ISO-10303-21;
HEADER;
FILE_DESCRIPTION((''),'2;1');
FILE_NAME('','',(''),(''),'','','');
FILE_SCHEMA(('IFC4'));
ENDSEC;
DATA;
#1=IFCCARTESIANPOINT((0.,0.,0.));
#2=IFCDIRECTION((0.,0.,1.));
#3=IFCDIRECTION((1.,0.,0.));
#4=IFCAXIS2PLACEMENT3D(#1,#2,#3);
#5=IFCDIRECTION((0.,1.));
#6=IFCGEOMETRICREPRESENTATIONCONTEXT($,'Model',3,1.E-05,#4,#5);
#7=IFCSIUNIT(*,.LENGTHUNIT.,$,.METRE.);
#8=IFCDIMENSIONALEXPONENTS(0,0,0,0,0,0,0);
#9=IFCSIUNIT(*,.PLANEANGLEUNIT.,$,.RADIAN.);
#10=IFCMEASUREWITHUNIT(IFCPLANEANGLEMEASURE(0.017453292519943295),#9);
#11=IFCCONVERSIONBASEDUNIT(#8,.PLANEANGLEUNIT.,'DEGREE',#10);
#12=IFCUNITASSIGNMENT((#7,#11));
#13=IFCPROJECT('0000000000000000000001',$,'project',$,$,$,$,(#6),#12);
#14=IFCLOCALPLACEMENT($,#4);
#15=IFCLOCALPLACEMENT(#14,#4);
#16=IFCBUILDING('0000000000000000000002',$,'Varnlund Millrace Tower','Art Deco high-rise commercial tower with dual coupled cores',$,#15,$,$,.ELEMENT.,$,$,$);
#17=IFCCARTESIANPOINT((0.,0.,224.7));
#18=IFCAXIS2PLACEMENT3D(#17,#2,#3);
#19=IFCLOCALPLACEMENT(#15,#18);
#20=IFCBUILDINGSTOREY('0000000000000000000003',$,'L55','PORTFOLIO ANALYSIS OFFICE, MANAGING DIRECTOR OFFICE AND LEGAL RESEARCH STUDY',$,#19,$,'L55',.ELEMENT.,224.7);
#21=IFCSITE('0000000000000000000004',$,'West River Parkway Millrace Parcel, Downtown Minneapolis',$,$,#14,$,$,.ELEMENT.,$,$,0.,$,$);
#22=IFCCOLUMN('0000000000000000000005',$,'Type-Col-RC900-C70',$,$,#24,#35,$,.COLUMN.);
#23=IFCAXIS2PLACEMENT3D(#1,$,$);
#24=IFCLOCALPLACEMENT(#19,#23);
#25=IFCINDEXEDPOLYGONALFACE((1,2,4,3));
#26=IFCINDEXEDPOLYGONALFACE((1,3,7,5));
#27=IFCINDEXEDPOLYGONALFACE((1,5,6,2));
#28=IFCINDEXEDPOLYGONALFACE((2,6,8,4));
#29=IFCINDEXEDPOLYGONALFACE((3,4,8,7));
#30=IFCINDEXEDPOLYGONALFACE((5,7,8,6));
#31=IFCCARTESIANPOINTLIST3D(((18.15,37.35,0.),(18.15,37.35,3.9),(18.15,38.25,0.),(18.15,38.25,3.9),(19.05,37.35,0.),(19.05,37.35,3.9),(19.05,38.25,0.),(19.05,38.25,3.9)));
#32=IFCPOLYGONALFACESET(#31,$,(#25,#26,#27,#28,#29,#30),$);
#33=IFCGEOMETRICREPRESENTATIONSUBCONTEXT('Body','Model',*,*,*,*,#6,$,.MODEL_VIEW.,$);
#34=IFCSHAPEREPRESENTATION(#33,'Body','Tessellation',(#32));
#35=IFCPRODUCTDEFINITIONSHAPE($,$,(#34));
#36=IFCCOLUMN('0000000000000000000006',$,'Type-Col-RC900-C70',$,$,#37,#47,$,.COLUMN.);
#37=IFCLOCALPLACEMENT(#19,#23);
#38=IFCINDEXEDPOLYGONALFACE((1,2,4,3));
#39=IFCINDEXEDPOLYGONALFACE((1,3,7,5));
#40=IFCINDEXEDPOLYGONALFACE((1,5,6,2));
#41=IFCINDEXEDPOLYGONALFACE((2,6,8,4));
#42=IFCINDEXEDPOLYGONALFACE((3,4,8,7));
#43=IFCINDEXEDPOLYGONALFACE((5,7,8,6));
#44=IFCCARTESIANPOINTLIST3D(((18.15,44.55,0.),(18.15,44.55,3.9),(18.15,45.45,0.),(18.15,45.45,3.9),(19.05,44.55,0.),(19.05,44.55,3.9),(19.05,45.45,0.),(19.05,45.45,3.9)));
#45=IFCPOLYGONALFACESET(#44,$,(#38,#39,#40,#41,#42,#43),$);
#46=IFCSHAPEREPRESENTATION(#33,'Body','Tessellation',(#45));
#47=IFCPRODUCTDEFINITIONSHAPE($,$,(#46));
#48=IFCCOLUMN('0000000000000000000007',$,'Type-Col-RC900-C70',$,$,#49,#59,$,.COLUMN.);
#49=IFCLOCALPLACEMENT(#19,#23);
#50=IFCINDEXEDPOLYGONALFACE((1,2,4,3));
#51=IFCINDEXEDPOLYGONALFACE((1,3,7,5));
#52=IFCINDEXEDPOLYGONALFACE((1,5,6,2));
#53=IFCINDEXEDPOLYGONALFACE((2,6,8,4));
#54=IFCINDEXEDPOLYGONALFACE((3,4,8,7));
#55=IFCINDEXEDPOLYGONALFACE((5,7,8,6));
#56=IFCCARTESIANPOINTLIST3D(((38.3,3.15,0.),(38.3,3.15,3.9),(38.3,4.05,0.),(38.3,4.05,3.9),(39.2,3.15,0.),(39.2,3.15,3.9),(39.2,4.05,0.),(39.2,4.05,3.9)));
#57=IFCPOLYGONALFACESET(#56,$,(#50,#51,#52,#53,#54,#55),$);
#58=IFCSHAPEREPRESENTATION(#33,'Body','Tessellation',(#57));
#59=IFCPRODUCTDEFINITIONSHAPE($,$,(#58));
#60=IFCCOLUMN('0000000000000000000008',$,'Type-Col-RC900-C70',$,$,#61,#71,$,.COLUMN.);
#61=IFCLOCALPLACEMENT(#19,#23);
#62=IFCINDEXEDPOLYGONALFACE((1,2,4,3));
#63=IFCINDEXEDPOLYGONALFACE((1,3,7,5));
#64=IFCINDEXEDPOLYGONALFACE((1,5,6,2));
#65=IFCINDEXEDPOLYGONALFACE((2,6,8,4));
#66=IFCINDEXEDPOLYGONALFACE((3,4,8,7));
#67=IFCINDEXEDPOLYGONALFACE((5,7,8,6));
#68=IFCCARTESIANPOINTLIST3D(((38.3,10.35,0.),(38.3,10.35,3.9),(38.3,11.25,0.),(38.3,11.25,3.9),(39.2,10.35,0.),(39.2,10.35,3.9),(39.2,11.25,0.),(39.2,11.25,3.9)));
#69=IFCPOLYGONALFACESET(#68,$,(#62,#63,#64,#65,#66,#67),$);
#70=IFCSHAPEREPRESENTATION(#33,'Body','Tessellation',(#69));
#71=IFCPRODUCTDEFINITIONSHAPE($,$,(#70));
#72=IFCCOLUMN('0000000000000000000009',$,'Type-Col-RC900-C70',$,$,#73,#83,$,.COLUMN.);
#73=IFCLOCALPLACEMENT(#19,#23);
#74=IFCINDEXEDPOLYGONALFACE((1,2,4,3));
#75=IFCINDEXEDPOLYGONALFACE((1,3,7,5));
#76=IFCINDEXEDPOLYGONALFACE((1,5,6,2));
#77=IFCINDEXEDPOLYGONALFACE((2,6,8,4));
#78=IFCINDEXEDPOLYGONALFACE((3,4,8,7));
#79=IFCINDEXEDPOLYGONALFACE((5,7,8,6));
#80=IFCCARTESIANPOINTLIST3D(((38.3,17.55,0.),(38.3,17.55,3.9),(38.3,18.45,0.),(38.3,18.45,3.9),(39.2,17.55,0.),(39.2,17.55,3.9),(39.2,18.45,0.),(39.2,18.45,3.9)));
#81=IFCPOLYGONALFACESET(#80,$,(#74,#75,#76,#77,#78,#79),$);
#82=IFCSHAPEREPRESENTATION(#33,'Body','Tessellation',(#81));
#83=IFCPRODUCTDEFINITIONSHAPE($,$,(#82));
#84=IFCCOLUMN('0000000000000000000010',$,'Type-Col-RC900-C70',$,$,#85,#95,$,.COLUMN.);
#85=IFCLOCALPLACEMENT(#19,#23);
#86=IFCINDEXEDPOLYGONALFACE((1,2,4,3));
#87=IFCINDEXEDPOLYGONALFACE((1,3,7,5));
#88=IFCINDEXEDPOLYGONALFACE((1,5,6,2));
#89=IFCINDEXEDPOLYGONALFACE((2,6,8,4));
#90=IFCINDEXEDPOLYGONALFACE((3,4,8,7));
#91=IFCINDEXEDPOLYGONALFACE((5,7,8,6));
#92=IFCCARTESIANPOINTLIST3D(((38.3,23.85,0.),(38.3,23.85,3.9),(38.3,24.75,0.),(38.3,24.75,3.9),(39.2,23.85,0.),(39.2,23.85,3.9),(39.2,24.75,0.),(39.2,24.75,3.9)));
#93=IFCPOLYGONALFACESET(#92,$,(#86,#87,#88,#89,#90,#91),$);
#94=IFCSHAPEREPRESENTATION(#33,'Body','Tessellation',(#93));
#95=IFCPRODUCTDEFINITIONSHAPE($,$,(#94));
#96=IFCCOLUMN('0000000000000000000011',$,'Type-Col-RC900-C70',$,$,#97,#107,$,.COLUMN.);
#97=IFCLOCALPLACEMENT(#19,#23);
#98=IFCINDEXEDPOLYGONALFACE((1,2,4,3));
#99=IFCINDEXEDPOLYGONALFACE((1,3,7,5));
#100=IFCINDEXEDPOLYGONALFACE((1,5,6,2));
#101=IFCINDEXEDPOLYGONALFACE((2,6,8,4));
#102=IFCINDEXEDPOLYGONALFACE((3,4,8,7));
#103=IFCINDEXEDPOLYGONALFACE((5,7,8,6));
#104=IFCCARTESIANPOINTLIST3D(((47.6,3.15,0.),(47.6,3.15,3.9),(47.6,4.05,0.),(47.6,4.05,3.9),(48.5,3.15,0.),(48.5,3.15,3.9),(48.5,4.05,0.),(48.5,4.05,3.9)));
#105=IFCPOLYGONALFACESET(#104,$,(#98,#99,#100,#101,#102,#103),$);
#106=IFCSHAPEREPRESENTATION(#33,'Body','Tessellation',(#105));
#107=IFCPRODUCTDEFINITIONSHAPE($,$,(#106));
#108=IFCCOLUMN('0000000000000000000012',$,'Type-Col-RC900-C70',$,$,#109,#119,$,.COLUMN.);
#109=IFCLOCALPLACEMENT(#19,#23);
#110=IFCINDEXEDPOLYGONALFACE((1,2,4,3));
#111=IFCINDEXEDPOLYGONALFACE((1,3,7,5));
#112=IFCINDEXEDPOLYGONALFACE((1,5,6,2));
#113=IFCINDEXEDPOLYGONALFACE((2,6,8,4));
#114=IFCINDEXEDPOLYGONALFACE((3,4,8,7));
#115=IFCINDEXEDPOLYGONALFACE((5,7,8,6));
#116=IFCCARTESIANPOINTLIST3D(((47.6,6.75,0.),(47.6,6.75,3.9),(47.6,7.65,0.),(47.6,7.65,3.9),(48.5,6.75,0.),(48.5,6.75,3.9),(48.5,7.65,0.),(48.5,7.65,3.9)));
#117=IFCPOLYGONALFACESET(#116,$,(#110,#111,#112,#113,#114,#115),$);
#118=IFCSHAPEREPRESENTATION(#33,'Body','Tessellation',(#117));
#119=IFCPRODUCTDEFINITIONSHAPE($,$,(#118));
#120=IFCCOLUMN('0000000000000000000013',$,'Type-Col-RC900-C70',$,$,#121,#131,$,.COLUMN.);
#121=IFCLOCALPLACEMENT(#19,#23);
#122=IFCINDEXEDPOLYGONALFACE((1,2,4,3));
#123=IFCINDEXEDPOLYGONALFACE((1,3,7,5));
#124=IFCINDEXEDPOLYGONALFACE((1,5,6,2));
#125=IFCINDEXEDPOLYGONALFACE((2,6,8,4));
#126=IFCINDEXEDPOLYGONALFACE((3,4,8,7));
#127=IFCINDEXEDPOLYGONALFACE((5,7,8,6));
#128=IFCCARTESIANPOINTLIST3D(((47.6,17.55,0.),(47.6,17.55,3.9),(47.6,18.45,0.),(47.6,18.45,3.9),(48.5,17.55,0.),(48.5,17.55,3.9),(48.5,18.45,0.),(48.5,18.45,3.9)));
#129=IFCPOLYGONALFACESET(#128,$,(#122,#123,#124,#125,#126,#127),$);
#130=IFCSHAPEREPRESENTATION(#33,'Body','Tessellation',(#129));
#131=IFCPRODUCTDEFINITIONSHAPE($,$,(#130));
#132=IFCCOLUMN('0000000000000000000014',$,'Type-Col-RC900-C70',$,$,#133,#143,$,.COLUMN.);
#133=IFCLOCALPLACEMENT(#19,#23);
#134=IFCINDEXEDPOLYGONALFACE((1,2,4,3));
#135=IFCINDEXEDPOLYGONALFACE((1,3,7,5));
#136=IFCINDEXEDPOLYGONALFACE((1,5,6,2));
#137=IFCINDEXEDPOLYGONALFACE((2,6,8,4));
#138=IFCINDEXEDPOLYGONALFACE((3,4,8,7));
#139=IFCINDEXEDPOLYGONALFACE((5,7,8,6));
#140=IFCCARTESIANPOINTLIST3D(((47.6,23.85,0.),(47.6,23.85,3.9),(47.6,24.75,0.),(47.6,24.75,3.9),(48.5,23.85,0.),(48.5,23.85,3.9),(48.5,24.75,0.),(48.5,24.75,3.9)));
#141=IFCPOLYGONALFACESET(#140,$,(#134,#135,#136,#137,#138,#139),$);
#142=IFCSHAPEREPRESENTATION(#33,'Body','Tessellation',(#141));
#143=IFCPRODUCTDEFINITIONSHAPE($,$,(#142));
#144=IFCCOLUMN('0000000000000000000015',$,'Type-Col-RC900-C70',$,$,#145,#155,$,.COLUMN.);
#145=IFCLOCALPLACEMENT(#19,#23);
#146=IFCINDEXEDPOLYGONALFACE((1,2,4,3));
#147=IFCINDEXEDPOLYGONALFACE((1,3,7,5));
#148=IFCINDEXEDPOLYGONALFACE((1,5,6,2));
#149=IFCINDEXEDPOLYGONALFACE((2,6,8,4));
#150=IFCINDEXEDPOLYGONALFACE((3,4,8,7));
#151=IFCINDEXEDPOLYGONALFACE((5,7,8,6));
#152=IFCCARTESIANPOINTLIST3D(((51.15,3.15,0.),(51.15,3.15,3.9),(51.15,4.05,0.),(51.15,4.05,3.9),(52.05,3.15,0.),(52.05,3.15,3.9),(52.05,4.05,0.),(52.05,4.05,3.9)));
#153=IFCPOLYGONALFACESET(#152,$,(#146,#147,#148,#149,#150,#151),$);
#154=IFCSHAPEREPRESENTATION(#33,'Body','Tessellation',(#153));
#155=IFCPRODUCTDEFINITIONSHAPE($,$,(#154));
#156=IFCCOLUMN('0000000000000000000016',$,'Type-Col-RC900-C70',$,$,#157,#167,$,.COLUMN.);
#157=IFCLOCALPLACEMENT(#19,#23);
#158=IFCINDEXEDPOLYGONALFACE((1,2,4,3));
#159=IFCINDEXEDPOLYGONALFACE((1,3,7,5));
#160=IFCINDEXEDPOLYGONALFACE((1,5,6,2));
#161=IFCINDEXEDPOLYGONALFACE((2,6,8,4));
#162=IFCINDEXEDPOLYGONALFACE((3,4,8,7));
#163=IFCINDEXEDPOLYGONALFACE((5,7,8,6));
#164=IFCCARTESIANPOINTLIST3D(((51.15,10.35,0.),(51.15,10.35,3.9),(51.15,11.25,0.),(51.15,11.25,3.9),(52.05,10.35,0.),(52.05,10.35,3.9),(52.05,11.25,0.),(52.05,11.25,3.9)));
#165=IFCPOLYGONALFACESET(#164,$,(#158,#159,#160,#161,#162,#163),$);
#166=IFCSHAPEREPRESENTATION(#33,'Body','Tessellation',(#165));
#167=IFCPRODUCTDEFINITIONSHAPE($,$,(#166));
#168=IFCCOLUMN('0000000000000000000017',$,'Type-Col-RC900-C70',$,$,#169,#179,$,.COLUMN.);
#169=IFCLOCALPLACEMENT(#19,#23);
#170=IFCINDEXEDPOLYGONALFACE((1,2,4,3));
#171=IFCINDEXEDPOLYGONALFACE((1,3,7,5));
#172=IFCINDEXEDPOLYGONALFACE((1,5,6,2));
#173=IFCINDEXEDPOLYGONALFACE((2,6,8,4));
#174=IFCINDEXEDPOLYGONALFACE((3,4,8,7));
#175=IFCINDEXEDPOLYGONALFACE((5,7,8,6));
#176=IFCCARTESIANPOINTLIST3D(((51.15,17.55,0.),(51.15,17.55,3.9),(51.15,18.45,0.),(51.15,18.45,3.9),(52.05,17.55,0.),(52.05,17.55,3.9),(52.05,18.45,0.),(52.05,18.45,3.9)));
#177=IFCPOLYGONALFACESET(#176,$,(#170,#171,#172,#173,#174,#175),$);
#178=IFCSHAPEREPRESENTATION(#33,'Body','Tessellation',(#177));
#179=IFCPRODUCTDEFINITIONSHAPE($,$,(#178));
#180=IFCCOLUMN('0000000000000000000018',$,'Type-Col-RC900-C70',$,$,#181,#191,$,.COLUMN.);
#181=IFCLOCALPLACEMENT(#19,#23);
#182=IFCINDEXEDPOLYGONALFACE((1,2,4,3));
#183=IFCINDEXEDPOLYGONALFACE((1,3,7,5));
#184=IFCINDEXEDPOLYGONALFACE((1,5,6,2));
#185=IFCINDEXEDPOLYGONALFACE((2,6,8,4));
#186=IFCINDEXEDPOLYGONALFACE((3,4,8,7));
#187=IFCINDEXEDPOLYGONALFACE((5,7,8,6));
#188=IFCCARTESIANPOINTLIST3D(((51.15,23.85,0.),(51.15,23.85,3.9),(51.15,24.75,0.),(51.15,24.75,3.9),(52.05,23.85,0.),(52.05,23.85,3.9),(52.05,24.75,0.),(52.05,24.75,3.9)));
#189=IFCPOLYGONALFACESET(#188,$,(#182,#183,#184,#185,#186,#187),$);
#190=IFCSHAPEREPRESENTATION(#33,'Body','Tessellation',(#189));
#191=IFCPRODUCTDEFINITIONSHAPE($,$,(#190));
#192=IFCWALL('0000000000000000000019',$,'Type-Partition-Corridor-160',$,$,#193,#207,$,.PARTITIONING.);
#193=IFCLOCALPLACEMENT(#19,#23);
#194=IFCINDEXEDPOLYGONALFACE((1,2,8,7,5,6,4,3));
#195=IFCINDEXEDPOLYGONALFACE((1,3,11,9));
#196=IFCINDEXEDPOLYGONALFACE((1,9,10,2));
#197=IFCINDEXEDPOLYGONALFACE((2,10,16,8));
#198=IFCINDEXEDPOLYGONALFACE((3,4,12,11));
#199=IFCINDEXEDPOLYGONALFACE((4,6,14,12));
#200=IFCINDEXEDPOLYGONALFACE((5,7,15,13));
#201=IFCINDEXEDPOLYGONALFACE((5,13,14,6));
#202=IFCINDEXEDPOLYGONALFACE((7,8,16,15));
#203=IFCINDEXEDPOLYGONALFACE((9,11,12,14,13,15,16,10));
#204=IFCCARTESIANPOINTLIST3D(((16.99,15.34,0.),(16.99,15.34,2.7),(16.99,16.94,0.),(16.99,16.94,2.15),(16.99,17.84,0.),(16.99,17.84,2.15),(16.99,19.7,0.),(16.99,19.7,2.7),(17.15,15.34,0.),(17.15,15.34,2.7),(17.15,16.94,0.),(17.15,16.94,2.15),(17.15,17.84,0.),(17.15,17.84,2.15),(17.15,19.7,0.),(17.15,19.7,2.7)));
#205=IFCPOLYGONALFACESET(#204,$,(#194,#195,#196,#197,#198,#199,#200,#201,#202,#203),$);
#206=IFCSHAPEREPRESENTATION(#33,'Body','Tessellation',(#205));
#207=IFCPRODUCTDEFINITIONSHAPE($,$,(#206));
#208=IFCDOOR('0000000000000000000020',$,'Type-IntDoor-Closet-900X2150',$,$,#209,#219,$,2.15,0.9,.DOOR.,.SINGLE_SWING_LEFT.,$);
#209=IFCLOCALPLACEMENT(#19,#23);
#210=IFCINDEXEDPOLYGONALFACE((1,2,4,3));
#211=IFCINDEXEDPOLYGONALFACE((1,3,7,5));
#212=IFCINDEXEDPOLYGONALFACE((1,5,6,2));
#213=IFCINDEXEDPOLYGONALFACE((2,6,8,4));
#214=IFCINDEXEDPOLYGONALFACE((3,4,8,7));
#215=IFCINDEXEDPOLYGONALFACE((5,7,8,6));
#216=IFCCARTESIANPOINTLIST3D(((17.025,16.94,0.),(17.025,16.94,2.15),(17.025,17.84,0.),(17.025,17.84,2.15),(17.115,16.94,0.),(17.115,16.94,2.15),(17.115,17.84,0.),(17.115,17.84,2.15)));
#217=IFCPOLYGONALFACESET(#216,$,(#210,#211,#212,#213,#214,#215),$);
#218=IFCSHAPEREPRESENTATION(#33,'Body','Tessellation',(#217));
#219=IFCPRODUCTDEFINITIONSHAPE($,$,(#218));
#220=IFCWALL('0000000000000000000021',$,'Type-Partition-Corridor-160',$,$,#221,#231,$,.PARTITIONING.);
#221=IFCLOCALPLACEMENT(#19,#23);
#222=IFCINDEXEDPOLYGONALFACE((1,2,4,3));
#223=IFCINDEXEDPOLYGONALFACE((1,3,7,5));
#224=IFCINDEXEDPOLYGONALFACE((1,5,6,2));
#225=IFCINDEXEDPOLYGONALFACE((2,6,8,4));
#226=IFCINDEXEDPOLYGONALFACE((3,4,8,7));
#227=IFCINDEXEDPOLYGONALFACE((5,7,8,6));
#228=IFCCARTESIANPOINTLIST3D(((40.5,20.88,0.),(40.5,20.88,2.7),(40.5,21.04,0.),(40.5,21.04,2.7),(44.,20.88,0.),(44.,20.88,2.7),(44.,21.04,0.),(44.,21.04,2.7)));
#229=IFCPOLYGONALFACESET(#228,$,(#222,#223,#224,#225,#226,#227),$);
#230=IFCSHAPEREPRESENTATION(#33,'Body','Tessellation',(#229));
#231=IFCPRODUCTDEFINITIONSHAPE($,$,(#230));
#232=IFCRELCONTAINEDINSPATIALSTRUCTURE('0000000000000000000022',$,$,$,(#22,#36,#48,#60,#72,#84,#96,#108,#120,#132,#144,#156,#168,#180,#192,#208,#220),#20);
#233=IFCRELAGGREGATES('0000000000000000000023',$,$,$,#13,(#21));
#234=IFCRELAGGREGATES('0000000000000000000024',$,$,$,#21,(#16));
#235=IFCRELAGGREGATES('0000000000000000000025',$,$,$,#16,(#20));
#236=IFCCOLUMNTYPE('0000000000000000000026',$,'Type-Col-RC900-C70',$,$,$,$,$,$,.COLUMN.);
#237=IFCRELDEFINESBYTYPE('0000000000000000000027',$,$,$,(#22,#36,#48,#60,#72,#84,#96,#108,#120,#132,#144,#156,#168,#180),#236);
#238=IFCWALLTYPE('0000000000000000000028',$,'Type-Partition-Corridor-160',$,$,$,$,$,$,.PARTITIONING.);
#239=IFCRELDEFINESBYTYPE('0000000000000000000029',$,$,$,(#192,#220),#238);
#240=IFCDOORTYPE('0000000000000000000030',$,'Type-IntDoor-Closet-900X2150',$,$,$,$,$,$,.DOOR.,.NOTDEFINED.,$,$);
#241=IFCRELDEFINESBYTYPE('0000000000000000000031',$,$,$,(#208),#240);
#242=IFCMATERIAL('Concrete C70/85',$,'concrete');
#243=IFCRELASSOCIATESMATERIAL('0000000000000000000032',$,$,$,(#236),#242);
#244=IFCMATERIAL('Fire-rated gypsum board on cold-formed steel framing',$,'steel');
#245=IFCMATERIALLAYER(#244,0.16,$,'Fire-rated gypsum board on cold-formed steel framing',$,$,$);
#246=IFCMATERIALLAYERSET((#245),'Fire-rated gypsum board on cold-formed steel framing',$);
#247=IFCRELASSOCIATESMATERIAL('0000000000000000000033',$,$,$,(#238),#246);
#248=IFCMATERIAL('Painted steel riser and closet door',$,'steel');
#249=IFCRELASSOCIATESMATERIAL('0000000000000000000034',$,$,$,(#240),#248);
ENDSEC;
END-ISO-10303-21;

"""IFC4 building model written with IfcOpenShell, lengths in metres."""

from ifc_helpers import new_model, entity, si_unit, converted_unit, direction, frame, origin_with_axes, origin_2d_with_axis, place, context, subcontext, project, spatial, polyline, rectangle, outline, extrude, material, layer, layer_set, material_profile, profile_set, type_object, element, fill, save


model = new_model("IFC4")

# Units and contexts
model_context = context("Model", 3, precision=1e-05, world=origin_with_axes(), true_north=direction((0.0, 1.0)))
body_context = subcontext(model_context, "Body", "Model", "MODEL_VIEW")
ifc_project = project(units=[si_unit("LENGTHUNIT", "METRE"), converted_unit("PLANEANGLEUNIT", "DEGREE", entity("IfcPlaneAngleMeasure", 0.017453292519943295), si_unit("PLANEANGLEUNIT", "RADIAN"), dimensions=[0, 0, 0, 0, 0, 0, 0])], contexts=[model_context])

# Site, building, storey
site_placement = place(None, origin_with_axes())
site = spatial("IfcSite", under=ifc_project, at=site_placement, Name="West River Parkway Millrace Parcel, Downtown Minneapolis", CompositionType="ELEMENT", RefElevation=0.0)
building_placement = place(site_placement, origin_with_axes())
building = spatial("IfcBuilding", under=site, at=building_placement, Name="Varnlund Millrace Tower", Description="Art Deco high-rise commercial tower with dual coupled cores", CompositionType="ELEMENT")
storey_placement = place(building_placement, frame((0.0, 0.0, 224.7), z_axis=(0.0, 0.0, 1.0), x_axis=(1.0, 0.0, 0.0)))
storey = spatial("IfcBuildingStorey", under=building, at=storey_placement, Name="L55", Description="PORTFOLIO ANALYSIS OFFICE, MANAGING DIRECTOR OFFICE AND LEGAL RESEARCH STUDY", LongName="L55", CompositionType="ELEMENT", Elevation=224.7)

# Columns
ifc_material_1 = material(Name="Concrete C70/85", Category="concrete")
ifc_material_profile_1 = material_profile(ifc_material_1, rectangle(XDim=0.9, YDim=0.9, at=origin_2d_with_axis()), Name="Concrete C70/85")
ifc_profile_set_1 = profile_set([ifc_material_profile_1], Name="Concrete C70/85")
column_type_1 = type_object("IfcColumnType", Name="Type-Col-RC900-C70", PredefinedType="COLUMN", material=ifc_profile_set_1)
for number, where, z_axis, x_axis, name in (
    (1, (18.6, 37.8, 0.0), (0.0, 0.0, 1.0), (1.0, 0.0, 0.0), "Type-Col-RC900-C70"),
    (2, (18.6, 45.0, 0.0), (0.0, 0.0, 1.0), (1.0, 0.0, 0.0), "Type-Col-RC900-C70"),
    (3, (38.75, 3.6, 0.0), (0.0, 0.0, 1.0), (1.0, 0.0, 0.0), "Type-Col-RC900-C70"),
    (4, (38.75, 10.8, 0.0), (0.0, 0.0, 1.0), (1.0, 0.0, 0.0), "Type-Col-RC900-C70"),
    (5, (38.75, 18.0, 0.0), (0.0, 0.0, 1.0), (1.0, 0.0, 0.0), "Type-Col-RC900-C70"),
    (6, (38.75, 24.3, 0.0), (0.0, 0.0, 1.0), (1.0, 0.0, 0.0), "Type-Col-RC900-C70"),
    (7, (48.05, 3.6, 0.0), (0.0, 0.0, 1.0), (1.0, 0.0, 0.0), "Type-Col-RC900-C70"),
    (8, (48.05, 7.2, 0.0), (0.0, 0.0, 1.0), (1.0, 0.0, 0.0), "Type-Col-RC900-C70"),
    (9, (48.05, 18.0, 0.0), (0.0, 0.0, 1.0), (1.0, 0.0, 0.0), "Type-Col-RC900-C70"),
    (10, (48.05, 24.3, 0.0), (0.0, 0.0, 1.0), (1.0, 0.0, 0.0), "Type-Col-RC900-C70"),
    (11, (51.6, 3.6, 0.0), (0.0, 0.0, 1.0), (1.0, 0.0, 0.0), "Type-Col-RC900-C70"),
    (12, (51.6, 10.8, 0.0), (0.0, 0.0, 1.0), (1.0, 0.0, 0.0), "Type-Col-RC900-C70"),
    (13, (51.6, 18.0, 0.0), (0.0, 0.0, 1.0), (1.0, 0.0, 0.0), "Type-Col-RC900-C70"),
    (14, (51.6, 24.3, 0.0), (0.0, 0.0, 1.0), (1.0, 0.0, 0.0), "Type-Col-RC900-C70"),
):
    element("IfcColumn", number, at=place(storey_placement, frame(where, z_axis=z_axis, x_axis=x_axis)), inside=storey, type_object=column_type_1, Name=name, PredefinedType="COLUMN", context=body_context, shape_type="SweptSolid", body=[
        extrude(rectangle(XDim=0.9, YDim=0.9, at=origin_2d_with_axis()), origin_with_axes(), (0.0, 0.0, 1.0), 3.9),
    ])

# Wall, opening, door
ifc_material_2 = material(Name="Fire-rated gypsum board on cold-formed steel framing", Category="steel")
ifc_layer_1 = layer(ifc_material_2, 0.16, Name="Fire-rated gypsum board on cold-formed steel framing")
ifc_layer_set_1 = layer_set([ifc_layer_1], Name="Fire-rated gypsum board on cold-formed steel framing")
wall_type_1 = type_object("IfcWallType", Name="Type-Partition-Corridor-160", PredefinedType="PARTITIONING", material=ifc_layer_set_1)
wall_1_placement = place(storey_placement, frame((17.07, 15.34, 0.0), z_axis=(0.0, 0.0, 1.0), x_axis=(0.0, 1.0, 0.0)))
wall_1 = element("IfcWall", 15, at=wall_1_placement, inside=storey, type_object=wall_type_1, Name="Type-Partition-Corridor-160", PredefinedType="PARTITIONING", context=body_context, shape_type="SweptSolid", body=[
    extrude(outline(polyline([(0.0, -0.08), (4.36, -0.08), (4.36, 0.08), (0.0, 0.08), (0.0, -0.08)])), origin_with_axes(), (0.0, 0.0, 1.0), 2.7),
])
opening_1_placement = place(wall_1_placement, frame((2.05, 0.0, 0.0), z_axis=(0.0, 0.0, 1.0), x_axis=(1.0, 0.0, 0.0)))
opening_1 = element("IfcOpeningElement", 16, at=opening_1_placement, cuts=wall_1, PredefinedType="OPENING", context=body_context, shape_type="SweptSolid", body=[
    extrude(rectangle(XDim=0.9, YDim=0.18, at=origin_2d_with_axis()), origin_with_axes(), (0.0, 0.0, 1.0), 2.15),
])
ifc_material_3 = material(Name="Painted steel riser and closet door", Category="steel")
door_type_1 = type_object("IfcDoorType", Name="Type-IntDoor-Closet-900X2150", OperationType="NOTDEFINED", PredefinedType="DOOR", material=ifc_material_3)
door_1_placement = place(wall_1_placement, frame((2.05, 0.0, 0.0), z_axis=(0.0, 0.0, 1.0), x_axis=(1.0, 0.0, 0.0)))
door_1 = element("IfcDoor", 17, at=door_1_placement, inside=storey, type_object=door_type_1, Name="Type-IntDoor-Closet-900X2150", OperationType="SINGLE_SWING_LEFT", OverallHeight=2.15, OverallWidth=0.9, PredefinedType="DOOR", context=body_context, shape_type="SweptSolid", body=[
    extrude(rectangle(XDim=0.9, YDim=0.09, at=origin_2d_with_axis()), origin_with_axes(), (0.0, 0.0, 1.0), 2.15),
])
fill(opening_1, door_1)

# Wall
wall_2_placement = place(storey_placement, frame((40.5, 20.96, 0.0), z_axis=(0.0, 0.0, 1.0), x_axis=(1.0, 0.0, 0.0)))
element("IfcWall", 18, at=wall_2_placement, inside=storey, type_object=wall_type_1, Name="Type-Partition-Corridor-160", PredefinedType="PARTITIONING", context=body_context, shape_type="SweptSolid", body=[
    extrude(outline(polyline([(0.0, -0.08), (3.5, -0.08), (3.5, 0.08), (0.0, 0.08), (0.0, -0.08)])), origin_with_axes(), (0.0, 0.0, 1.0), 2.7),
])

save(model, "model.ifc")
